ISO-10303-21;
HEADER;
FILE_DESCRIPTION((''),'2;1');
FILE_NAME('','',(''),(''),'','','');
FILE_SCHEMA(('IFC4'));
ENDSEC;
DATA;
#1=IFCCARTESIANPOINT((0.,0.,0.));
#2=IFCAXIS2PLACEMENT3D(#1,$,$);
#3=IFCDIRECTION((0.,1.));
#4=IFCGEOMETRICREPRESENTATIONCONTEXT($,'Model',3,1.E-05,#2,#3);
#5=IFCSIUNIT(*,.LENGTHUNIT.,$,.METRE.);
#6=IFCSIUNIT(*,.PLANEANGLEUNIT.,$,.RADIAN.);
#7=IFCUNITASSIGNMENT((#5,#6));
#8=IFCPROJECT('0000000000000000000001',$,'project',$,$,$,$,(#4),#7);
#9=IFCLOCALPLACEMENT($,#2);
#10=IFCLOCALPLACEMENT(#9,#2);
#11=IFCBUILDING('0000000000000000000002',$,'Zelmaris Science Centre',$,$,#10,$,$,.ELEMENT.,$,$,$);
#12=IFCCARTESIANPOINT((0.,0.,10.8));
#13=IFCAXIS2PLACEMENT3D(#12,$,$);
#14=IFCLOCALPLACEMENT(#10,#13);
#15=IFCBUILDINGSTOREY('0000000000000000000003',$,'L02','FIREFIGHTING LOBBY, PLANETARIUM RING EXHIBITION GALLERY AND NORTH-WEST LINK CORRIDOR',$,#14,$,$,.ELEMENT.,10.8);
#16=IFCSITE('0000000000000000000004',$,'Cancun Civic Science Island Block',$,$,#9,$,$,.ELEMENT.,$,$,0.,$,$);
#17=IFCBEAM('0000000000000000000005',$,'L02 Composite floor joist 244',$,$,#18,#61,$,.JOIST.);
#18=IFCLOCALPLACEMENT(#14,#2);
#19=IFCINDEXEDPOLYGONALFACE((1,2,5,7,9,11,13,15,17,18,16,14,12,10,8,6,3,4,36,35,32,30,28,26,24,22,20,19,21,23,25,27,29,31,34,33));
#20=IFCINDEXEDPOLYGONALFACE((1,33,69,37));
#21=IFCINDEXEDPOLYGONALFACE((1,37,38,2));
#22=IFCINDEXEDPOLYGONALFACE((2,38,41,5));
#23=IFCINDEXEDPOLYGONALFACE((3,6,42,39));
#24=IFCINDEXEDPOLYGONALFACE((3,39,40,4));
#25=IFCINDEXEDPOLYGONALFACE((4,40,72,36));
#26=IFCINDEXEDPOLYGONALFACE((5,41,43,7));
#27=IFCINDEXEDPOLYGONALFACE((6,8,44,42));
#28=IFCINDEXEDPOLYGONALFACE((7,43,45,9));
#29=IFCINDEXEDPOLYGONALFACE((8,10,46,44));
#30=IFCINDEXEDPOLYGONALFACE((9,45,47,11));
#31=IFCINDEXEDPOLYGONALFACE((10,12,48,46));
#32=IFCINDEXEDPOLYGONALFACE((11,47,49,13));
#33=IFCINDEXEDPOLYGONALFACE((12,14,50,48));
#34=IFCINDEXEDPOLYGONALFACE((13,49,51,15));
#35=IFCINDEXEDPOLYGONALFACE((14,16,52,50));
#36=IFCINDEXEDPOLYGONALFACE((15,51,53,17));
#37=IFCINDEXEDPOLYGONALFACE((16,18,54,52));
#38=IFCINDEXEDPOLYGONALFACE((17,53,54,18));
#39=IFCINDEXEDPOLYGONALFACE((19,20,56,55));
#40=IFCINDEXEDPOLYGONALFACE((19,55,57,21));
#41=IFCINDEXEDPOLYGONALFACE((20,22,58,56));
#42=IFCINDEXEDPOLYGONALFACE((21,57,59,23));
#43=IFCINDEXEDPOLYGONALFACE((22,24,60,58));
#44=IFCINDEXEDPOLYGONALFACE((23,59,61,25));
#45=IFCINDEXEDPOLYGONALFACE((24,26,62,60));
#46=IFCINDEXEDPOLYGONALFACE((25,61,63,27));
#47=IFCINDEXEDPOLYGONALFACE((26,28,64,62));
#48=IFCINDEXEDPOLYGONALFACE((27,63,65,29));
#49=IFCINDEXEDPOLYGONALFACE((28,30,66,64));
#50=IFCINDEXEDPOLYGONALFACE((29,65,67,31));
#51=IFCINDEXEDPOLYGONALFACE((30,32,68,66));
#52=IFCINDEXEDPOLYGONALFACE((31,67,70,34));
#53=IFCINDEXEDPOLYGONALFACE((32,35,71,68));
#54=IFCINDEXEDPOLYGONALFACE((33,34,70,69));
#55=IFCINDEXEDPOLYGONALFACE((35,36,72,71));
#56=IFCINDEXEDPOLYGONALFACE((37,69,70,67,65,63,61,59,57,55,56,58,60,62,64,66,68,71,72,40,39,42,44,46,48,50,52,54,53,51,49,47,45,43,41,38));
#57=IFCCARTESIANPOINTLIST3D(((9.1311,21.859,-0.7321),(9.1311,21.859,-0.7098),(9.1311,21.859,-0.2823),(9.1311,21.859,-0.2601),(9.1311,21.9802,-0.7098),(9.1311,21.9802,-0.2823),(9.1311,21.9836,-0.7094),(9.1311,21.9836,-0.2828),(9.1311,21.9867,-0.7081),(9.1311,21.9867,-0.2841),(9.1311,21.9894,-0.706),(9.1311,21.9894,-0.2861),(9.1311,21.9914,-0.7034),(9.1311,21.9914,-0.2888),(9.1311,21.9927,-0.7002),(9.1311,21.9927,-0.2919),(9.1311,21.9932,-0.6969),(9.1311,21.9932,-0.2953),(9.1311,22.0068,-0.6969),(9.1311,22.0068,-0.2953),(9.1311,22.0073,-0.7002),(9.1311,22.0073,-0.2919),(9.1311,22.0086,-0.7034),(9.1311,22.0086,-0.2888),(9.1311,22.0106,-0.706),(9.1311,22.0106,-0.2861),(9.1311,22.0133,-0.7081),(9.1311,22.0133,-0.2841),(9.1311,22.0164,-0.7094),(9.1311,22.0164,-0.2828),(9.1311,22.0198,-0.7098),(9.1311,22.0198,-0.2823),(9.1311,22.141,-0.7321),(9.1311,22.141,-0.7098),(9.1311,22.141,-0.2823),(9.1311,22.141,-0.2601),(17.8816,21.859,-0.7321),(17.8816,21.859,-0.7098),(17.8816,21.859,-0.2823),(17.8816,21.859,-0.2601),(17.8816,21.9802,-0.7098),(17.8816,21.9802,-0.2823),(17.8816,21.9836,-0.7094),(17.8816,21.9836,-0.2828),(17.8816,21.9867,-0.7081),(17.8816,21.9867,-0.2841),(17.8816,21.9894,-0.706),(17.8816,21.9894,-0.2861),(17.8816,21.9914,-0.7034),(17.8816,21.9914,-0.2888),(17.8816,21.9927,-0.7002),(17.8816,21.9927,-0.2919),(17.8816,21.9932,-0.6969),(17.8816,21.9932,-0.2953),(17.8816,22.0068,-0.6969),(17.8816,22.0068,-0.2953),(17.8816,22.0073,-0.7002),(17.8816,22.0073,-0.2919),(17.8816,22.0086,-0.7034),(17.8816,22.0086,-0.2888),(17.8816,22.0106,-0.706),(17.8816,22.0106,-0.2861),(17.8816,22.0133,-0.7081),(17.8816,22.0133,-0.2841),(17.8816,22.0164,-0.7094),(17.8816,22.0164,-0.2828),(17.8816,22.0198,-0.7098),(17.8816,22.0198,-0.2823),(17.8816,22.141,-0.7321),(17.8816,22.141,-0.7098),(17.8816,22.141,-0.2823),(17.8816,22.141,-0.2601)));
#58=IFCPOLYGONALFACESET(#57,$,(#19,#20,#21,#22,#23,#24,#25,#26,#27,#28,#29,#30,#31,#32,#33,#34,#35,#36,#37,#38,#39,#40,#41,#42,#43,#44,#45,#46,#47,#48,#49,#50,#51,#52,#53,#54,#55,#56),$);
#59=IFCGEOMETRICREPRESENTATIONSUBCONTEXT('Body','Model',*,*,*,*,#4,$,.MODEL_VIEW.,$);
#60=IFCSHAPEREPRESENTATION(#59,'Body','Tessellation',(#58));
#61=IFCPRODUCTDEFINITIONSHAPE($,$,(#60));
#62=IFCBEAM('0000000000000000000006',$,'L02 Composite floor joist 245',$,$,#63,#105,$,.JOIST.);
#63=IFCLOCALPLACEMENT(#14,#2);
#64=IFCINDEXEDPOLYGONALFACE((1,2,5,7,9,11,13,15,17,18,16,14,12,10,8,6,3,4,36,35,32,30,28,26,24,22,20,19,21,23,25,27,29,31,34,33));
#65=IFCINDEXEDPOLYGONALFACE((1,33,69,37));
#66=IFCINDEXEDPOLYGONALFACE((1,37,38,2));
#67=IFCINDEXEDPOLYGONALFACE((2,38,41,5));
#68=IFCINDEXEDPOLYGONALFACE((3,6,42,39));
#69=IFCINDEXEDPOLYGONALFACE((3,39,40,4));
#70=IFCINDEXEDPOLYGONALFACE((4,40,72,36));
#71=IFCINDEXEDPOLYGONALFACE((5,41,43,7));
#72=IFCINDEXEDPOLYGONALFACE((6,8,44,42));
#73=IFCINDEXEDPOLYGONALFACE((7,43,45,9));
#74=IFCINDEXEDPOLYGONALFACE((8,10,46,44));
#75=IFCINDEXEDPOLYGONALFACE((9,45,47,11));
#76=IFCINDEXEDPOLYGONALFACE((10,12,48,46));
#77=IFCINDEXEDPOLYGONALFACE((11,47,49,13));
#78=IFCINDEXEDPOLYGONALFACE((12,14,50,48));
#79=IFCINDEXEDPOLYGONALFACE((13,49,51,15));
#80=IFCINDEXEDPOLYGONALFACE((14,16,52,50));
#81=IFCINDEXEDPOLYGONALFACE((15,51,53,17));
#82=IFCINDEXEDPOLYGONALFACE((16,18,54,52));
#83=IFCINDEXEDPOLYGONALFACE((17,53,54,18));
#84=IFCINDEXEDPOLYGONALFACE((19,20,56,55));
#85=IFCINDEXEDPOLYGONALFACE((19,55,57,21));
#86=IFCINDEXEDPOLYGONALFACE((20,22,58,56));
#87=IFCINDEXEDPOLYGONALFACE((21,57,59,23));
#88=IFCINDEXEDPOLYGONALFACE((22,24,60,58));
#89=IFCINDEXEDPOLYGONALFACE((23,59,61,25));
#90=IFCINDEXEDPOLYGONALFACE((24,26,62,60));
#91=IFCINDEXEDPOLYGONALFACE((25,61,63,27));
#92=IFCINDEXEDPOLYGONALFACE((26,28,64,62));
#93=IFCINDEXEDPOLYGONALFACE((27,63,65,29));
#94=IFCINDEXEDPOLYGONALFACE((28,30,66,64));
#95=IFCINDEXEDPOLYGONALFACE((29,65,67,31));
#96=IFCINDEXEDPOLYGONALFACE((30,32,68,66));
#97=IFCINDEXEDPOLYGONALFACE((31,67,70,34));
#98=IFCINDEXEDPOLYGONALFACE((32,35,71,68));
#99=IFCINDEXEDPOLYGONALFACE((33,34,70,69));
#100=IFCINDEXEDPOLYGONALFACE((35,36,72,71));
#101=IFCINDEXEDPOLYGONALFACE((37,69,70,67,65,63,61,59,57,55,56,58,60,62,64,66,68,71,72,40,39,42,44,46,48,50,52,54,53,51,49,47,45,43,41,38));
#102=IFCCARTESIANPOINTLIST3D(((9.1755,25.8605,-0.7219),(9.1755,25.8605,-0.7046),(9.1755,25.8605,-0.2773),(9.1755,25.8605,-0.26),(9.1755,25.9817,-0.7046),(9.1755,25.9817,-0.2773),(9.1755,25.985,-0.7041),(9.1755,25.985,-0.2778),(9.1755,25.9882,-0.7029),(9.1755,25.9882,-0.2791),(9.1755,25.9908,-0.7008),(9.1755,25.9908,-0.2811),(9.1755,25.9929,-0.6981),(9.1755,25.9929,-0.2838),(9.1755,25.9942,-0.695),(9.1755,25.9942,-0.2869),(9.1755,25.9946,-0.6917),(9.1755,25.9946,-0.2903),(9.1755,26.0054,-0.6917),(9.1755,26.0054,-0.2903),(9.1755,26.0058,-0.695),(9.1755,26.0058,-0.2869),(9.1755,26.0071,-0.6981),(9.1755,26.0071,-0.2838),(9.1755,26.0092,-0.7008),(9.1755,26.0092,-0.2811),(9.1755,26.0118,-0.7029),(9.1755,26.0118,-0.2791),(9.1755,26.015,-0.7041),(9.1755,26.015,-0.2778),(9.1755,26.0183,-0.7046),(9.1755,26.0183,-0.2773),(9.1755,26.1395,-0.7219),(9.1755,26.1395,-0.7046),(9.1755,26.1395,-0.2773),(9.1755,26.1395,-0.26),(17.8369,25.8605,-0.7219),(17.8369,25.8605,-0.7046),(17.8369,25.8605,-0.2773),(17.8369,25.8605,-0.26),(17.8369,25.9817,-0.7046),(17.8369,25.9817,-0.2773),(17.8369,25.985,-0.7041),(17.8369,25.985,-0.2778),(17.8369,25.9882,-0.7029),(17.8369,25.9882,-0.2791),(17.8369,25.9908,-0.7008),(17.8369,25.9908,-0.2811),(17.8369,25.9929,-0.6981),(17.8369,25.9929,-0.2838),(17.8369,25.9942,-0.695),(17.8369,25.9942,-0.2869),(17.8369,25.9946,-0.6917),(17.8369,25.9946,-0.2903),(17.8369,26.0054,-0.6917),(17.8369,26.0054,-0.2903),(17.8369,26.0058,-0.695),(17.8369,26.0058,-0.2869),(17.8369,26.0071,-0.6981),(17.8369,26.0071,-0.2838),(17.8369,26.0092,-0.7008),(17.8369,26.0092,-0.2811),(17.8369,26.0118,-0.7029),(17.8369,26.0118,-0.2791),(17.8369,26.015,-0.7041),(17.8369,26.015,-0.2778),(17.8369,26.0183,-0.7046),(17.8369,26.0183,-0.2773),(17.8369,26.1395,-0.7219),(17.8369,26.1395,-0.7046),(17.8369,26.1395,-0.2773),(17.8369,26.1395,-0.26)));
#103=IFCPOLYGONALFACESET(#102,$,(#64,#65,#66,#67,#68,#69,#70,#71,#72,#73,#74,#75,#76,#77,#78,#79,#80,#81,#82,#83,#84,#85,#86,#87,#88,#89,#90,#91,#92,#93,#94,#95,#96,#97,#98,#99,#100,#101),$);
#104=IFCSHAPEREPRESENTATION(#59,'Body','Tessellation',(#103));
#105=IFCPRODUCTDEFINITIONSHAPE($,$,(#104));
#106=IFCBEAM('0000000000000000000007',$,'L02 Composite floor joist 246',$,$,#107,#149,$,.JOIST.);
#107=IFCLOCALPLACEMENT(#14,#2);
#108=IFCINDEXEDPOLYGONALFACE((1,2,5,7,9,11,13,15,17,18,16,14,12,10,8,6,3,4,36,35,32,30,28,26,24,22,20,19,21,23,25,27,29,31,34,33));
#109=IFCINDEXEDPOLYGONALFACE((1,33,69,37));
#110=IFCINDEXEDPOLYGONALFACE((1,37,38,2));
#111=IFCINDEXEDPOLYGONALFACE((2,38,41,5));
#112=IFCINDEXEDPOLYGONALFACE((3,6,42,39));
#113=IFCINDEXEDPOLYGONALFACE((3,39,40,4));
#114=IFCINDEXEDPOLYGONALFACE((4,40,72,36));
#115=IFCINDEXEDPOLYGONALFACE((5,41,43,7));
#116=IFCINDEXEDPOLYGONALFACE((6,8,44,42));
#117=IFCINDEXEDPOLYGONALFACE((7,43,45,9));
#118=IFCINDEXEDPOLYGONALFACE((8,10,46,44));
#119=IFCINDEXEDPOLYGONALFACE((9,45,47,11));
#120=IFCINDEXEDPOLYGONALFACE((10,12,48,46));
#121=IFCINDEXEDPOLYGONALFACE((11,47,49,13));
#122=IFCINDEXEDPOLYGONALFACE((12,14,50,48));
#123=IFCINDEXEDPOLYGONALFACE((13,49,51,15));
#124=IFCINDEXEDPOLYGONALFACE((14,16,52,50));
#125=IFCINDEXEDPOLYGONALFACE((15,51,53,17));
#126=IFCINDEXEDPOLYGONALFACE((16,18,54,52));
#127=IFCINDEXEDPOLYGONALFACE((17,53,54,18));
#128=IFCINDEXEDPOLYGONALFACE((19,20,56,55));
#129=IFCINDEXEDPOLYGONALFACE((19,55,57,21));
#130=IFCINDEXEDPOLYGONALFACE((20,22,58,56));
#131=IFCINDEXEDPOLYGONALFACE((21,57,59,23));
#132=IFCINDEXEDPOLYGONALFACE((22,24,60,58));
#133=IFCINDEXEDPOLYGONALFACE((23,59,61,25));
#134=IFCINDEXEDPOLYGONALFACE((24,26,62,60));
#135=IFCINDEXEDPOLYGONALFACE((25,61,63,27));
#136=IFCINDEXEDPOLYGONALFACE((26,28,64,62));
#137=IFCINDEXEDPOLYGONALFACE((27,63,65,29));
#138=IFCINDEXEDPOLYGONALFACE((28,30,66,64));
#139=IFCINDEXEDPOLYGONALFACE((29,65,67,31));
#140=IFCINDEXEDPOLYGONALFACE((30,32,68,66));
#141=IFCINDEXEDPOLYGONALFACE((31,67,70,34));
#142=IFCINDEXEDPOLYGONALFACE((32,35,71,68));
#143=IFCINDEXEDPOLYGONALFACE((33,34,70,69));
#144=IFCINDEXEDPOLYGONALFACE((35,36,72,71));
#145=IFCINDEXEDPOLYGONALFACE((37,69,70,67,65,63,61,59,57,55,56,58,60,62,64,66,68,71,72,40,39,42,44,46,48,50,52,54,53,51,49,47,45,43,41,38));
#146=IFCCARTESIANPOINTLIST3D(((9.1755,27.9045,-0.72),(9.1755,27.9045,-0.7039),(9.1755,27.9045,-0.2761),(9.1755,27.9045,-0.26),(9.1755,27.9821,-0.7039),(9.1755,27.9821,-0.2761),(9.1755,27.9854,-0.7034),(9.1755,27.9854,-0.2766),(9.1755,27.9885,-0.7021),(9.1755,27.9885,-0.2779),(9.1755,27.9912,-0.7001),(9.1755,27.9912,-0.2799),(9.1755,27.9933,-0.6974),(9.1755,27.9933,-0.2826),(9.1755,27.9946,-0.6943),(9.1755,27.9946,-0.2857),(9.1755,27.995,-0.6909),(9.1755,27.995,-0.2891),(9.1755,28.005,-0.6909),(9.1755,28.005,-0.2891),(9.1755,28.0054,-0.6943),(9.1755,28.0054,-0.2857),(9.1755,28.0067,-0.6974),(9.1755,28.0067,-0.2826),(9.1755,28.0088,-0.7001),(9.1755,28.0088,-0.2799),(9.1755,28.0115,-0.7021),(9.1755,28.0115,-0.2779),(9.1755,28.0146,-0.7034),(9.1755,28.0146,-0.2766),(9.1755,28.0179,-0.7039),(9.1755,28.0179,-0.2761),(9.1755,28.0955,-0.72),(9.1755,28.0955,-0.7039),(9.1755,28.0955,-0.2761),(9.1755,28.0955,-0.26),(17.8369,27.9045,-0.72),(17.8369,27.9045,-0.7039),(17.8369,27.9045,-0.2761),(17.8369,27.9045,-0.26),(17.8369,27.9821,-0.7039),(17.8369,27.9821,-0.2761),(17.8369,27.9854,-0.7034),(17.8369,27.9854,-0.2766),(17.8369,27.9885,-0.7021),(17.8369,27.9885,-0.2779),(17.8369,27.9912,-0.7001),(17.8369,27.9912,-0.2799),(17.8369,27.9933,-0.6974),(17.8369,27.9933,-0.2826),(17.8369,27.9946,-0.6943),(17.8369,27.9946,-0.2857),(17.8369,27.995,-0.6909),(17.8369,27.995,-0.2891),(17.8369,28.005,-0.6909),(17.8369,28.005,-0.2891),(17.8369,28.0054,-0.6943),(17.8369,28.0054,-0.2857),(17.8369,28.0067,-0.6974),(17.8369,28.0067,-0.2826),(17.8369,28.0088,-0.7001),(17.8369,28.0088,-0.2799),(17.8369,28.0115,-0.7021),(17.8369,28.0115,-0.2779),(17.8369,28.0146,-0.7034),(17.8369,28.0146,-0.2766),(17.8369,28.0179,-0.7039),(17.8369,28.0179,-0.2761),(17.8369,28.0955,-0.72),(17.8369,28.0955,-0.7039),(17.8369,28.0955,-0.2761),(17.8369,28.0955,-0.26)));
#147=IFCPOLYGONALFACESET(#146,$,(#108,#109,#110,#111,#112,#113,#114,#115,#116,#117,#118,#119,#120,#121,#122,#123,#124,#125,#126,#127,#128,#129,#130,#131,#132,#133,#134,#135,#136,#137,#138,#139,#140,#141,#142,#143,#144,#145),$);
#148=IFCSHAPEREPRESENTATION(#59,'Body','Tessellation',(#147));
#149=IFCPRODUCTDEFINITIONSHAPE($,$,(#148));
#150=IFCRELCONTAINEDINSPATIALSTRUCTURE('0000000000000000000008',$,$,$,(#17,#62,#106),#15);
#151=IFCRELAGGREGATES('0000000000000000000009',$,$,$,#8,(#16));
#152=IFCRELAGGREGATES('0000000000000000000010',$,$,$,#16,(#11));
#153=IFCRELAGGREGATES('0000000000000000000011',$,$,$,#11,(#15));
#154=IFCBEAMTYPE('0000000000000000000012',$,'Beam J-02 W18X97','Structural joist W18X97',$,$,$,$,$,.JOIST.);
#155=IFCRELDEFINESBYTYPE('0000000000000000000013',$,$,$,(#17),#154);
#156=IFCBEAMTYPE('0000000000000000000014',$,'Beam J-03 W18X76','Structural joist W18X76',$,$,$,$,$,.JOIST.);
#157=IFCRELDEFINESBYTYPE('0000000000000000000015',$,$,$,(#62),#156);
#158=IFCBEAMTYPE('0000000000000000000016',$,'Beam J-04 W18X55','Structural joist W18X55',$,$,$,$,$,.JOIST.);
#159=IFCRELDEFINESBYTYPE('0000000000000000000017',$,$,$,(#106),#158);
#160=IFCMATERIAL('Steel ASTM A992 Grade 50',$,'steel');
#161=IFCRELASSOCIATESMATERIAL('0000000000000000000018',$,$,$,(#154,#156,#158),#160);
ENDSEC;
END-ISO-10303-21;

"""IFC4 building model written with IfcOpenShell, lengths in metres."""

from ifc_helpers import new_model, si_unit, direction, frame, origin, origin_2d, place, context, subcontext, project, spatial, i_section, extrude, material, material_profile, profile_set, type_object, element, save


model = new_model("IFC4")

# Units and contexts
model_context = context("Model", 3, precision=1e-05, world=origin(), true_north=direction((0.0, 1.0)))
body_context = subcontext(model_context, "Body", "Model", "MODEL_VIEW")
ifc_project = project(units=[si_unit("LENGTHUNIT", "METRE"), si_unit("PLANEANGLEUNIT", "RADIAN")], contexts=[model_context])

# Site, building, storey
site_placement = place(None, origin())
site = spatial("IfcSite", under=ifc_project, at=site_placement, Name="Cancun Civic Science Island Block", CompositionType="ELEMENT", RefElevation=0.0)
building_placement = place(site_placement, origin())
building = spatial("IfcBuilding", under=site, at=building_placement, Name="Zelmaris Science Centre", CompositionType="ELEMENT")
storey_placement = place(building_placement, frame((0.0, 0.0, 10.8)))
storey = spatial("IfcBuildingStorey", under=building, at=storey_placement, Name="L02", Description="FIREFIGHTING LOBBY, PLANETARIUM RING EXHIBITION GALLERY AND NORTH-WEST LINK CORRIDOR", CompositionType="ELEMENT", Elevation=10.8)

# Shared definitions
ifc_material_1 = material(Name="Steel ASTM A992 Grade 50", Category="steel")

# Beams
ifc_material_profile_1 = material_profile(ifc_material_1, i_section(OverallWidth=0.282, OverallDepth=0.4719, WebThickness=0.0137, FlangeThickness=0.0222, FilletRadius=0.0129, at=origin_2d()), Name="W18X97")
ifc_profile_set_1 = profile_set([ifc_material_profile_1], Name="Steel ASTM A992 Grade 50")
beam_type_1 = type_object("IfcBeamType", Name="Beam J-02 W18X97", Description="Structural joist W18X97", PredefinedType="JOIST", material=ifc_profile_set_1)
beam_1_placement = place(storey_placement, frame((9.1311, 22.0, -0.4961), z_axis=(1.0, 0.0, 0.0), x_axis=(0.0, 1.0, 0.0)))
element("IfcBeam", 1, at=beam_1_placement, inside=storey, type_object=beam_type_1, Name="L02 Composite floor joist 244", PredefinedType="JOIST", context=body_context, shape_type="SweptSolid", body=[
    extrude(i_section(OverallWidth=0.282, OverallDepth=0.4719, WebThickness=0.0137, FlangeThickness=0.0222, FilletRadius=0.0129, at=origin_2d()), origin(), (0.0, 0.0, 1.0), 8.7505),
])
ifc_material_profile_2 = material_profile(ifc_material_1, i_section(OverallWidth=0.2791, OverallDepth=0.4619, WebThickness=0.0107, FlangeThickness=0.0173, FilletRadius=0.0129, at=origin_2d()), Name="W18X76")
ifc_profile_set_2 = profile_set([ifc_material_profile_2], Name="Steel ASTM A992 Grade 50")
beam_type_2 = type_object("IfcBeamType", Name="Beam J-03 W18X76", Description="Structural joist W18X76", PredefinedType="JOIST", material=ifc_profile_set_2)
beam_2_placement = place(storey_placement, frame((9.1755, 26.0, -0.491), z_axis=(1.0, 0.0, 0.0), x_axis=(0.0, 1.0, 0.0)))
element("IfcBeam", 2, at=beam_2_placement, inside=storey, type_object=beam_type_2, Name="L02 Composite floor joist 245", PredefinedType="JOIST", context=body_context, shape_type="SweptSolid", body=[
    extrude(i_section(OverallWidth=0.2791, OverallDepth=0.4619, WebThickness=0.0107, FlangeThickness=0.0173, FilletRadius=0.0129, at=origin_2d()), origin(), (0.0, 0.0, 1.0), 8.6614),
])
ifc_material_profile_3 = material_profile(ifc_material_1, i_section(OverallWidth=0.1909, OverallDepth=0.46, WebThickness=0.01, FlangeThickness=0.0161, FilletRadius=0.0129, at=origin_2d()), Name="W18X55")
ifc_profile_set_3 = profile_set([ifc_material_profile_3], Name="Steel ASTM A992 Grade 50")
beam_type_3 = type_object("IfcBeamType", Name="Beam J-04 W18X55", Description="Structural joist W18X55", PredefinedType="JOIST", material=ifc_profile_set_3)
beam_3_placement = place(storey_placement, frame((9.1755, 28.0, -0.49), z_axis=(1.0, 0.0, 0.0), x_axis=(0.0, 1.0, 0.0)))
element("IfcBeam", 3, at=beam_3_placement, inside=storey, type_object=beam_type_3, Name="L02 Composite floor joist 246", PredefinedType="JOIST", context=body_context, shape_type="SweptSolid", body=[
    extrude(i_section(OverallWidth=0.1909, OverallDepth=0.46, WebThickness=0.01, FlangeThickness=0.0161, FilletRadius=0.0129, at=origin_2d()), origin(), (0.0, 0.0, 1.0), 8.6614),
])

save(model, "model.ifc")
